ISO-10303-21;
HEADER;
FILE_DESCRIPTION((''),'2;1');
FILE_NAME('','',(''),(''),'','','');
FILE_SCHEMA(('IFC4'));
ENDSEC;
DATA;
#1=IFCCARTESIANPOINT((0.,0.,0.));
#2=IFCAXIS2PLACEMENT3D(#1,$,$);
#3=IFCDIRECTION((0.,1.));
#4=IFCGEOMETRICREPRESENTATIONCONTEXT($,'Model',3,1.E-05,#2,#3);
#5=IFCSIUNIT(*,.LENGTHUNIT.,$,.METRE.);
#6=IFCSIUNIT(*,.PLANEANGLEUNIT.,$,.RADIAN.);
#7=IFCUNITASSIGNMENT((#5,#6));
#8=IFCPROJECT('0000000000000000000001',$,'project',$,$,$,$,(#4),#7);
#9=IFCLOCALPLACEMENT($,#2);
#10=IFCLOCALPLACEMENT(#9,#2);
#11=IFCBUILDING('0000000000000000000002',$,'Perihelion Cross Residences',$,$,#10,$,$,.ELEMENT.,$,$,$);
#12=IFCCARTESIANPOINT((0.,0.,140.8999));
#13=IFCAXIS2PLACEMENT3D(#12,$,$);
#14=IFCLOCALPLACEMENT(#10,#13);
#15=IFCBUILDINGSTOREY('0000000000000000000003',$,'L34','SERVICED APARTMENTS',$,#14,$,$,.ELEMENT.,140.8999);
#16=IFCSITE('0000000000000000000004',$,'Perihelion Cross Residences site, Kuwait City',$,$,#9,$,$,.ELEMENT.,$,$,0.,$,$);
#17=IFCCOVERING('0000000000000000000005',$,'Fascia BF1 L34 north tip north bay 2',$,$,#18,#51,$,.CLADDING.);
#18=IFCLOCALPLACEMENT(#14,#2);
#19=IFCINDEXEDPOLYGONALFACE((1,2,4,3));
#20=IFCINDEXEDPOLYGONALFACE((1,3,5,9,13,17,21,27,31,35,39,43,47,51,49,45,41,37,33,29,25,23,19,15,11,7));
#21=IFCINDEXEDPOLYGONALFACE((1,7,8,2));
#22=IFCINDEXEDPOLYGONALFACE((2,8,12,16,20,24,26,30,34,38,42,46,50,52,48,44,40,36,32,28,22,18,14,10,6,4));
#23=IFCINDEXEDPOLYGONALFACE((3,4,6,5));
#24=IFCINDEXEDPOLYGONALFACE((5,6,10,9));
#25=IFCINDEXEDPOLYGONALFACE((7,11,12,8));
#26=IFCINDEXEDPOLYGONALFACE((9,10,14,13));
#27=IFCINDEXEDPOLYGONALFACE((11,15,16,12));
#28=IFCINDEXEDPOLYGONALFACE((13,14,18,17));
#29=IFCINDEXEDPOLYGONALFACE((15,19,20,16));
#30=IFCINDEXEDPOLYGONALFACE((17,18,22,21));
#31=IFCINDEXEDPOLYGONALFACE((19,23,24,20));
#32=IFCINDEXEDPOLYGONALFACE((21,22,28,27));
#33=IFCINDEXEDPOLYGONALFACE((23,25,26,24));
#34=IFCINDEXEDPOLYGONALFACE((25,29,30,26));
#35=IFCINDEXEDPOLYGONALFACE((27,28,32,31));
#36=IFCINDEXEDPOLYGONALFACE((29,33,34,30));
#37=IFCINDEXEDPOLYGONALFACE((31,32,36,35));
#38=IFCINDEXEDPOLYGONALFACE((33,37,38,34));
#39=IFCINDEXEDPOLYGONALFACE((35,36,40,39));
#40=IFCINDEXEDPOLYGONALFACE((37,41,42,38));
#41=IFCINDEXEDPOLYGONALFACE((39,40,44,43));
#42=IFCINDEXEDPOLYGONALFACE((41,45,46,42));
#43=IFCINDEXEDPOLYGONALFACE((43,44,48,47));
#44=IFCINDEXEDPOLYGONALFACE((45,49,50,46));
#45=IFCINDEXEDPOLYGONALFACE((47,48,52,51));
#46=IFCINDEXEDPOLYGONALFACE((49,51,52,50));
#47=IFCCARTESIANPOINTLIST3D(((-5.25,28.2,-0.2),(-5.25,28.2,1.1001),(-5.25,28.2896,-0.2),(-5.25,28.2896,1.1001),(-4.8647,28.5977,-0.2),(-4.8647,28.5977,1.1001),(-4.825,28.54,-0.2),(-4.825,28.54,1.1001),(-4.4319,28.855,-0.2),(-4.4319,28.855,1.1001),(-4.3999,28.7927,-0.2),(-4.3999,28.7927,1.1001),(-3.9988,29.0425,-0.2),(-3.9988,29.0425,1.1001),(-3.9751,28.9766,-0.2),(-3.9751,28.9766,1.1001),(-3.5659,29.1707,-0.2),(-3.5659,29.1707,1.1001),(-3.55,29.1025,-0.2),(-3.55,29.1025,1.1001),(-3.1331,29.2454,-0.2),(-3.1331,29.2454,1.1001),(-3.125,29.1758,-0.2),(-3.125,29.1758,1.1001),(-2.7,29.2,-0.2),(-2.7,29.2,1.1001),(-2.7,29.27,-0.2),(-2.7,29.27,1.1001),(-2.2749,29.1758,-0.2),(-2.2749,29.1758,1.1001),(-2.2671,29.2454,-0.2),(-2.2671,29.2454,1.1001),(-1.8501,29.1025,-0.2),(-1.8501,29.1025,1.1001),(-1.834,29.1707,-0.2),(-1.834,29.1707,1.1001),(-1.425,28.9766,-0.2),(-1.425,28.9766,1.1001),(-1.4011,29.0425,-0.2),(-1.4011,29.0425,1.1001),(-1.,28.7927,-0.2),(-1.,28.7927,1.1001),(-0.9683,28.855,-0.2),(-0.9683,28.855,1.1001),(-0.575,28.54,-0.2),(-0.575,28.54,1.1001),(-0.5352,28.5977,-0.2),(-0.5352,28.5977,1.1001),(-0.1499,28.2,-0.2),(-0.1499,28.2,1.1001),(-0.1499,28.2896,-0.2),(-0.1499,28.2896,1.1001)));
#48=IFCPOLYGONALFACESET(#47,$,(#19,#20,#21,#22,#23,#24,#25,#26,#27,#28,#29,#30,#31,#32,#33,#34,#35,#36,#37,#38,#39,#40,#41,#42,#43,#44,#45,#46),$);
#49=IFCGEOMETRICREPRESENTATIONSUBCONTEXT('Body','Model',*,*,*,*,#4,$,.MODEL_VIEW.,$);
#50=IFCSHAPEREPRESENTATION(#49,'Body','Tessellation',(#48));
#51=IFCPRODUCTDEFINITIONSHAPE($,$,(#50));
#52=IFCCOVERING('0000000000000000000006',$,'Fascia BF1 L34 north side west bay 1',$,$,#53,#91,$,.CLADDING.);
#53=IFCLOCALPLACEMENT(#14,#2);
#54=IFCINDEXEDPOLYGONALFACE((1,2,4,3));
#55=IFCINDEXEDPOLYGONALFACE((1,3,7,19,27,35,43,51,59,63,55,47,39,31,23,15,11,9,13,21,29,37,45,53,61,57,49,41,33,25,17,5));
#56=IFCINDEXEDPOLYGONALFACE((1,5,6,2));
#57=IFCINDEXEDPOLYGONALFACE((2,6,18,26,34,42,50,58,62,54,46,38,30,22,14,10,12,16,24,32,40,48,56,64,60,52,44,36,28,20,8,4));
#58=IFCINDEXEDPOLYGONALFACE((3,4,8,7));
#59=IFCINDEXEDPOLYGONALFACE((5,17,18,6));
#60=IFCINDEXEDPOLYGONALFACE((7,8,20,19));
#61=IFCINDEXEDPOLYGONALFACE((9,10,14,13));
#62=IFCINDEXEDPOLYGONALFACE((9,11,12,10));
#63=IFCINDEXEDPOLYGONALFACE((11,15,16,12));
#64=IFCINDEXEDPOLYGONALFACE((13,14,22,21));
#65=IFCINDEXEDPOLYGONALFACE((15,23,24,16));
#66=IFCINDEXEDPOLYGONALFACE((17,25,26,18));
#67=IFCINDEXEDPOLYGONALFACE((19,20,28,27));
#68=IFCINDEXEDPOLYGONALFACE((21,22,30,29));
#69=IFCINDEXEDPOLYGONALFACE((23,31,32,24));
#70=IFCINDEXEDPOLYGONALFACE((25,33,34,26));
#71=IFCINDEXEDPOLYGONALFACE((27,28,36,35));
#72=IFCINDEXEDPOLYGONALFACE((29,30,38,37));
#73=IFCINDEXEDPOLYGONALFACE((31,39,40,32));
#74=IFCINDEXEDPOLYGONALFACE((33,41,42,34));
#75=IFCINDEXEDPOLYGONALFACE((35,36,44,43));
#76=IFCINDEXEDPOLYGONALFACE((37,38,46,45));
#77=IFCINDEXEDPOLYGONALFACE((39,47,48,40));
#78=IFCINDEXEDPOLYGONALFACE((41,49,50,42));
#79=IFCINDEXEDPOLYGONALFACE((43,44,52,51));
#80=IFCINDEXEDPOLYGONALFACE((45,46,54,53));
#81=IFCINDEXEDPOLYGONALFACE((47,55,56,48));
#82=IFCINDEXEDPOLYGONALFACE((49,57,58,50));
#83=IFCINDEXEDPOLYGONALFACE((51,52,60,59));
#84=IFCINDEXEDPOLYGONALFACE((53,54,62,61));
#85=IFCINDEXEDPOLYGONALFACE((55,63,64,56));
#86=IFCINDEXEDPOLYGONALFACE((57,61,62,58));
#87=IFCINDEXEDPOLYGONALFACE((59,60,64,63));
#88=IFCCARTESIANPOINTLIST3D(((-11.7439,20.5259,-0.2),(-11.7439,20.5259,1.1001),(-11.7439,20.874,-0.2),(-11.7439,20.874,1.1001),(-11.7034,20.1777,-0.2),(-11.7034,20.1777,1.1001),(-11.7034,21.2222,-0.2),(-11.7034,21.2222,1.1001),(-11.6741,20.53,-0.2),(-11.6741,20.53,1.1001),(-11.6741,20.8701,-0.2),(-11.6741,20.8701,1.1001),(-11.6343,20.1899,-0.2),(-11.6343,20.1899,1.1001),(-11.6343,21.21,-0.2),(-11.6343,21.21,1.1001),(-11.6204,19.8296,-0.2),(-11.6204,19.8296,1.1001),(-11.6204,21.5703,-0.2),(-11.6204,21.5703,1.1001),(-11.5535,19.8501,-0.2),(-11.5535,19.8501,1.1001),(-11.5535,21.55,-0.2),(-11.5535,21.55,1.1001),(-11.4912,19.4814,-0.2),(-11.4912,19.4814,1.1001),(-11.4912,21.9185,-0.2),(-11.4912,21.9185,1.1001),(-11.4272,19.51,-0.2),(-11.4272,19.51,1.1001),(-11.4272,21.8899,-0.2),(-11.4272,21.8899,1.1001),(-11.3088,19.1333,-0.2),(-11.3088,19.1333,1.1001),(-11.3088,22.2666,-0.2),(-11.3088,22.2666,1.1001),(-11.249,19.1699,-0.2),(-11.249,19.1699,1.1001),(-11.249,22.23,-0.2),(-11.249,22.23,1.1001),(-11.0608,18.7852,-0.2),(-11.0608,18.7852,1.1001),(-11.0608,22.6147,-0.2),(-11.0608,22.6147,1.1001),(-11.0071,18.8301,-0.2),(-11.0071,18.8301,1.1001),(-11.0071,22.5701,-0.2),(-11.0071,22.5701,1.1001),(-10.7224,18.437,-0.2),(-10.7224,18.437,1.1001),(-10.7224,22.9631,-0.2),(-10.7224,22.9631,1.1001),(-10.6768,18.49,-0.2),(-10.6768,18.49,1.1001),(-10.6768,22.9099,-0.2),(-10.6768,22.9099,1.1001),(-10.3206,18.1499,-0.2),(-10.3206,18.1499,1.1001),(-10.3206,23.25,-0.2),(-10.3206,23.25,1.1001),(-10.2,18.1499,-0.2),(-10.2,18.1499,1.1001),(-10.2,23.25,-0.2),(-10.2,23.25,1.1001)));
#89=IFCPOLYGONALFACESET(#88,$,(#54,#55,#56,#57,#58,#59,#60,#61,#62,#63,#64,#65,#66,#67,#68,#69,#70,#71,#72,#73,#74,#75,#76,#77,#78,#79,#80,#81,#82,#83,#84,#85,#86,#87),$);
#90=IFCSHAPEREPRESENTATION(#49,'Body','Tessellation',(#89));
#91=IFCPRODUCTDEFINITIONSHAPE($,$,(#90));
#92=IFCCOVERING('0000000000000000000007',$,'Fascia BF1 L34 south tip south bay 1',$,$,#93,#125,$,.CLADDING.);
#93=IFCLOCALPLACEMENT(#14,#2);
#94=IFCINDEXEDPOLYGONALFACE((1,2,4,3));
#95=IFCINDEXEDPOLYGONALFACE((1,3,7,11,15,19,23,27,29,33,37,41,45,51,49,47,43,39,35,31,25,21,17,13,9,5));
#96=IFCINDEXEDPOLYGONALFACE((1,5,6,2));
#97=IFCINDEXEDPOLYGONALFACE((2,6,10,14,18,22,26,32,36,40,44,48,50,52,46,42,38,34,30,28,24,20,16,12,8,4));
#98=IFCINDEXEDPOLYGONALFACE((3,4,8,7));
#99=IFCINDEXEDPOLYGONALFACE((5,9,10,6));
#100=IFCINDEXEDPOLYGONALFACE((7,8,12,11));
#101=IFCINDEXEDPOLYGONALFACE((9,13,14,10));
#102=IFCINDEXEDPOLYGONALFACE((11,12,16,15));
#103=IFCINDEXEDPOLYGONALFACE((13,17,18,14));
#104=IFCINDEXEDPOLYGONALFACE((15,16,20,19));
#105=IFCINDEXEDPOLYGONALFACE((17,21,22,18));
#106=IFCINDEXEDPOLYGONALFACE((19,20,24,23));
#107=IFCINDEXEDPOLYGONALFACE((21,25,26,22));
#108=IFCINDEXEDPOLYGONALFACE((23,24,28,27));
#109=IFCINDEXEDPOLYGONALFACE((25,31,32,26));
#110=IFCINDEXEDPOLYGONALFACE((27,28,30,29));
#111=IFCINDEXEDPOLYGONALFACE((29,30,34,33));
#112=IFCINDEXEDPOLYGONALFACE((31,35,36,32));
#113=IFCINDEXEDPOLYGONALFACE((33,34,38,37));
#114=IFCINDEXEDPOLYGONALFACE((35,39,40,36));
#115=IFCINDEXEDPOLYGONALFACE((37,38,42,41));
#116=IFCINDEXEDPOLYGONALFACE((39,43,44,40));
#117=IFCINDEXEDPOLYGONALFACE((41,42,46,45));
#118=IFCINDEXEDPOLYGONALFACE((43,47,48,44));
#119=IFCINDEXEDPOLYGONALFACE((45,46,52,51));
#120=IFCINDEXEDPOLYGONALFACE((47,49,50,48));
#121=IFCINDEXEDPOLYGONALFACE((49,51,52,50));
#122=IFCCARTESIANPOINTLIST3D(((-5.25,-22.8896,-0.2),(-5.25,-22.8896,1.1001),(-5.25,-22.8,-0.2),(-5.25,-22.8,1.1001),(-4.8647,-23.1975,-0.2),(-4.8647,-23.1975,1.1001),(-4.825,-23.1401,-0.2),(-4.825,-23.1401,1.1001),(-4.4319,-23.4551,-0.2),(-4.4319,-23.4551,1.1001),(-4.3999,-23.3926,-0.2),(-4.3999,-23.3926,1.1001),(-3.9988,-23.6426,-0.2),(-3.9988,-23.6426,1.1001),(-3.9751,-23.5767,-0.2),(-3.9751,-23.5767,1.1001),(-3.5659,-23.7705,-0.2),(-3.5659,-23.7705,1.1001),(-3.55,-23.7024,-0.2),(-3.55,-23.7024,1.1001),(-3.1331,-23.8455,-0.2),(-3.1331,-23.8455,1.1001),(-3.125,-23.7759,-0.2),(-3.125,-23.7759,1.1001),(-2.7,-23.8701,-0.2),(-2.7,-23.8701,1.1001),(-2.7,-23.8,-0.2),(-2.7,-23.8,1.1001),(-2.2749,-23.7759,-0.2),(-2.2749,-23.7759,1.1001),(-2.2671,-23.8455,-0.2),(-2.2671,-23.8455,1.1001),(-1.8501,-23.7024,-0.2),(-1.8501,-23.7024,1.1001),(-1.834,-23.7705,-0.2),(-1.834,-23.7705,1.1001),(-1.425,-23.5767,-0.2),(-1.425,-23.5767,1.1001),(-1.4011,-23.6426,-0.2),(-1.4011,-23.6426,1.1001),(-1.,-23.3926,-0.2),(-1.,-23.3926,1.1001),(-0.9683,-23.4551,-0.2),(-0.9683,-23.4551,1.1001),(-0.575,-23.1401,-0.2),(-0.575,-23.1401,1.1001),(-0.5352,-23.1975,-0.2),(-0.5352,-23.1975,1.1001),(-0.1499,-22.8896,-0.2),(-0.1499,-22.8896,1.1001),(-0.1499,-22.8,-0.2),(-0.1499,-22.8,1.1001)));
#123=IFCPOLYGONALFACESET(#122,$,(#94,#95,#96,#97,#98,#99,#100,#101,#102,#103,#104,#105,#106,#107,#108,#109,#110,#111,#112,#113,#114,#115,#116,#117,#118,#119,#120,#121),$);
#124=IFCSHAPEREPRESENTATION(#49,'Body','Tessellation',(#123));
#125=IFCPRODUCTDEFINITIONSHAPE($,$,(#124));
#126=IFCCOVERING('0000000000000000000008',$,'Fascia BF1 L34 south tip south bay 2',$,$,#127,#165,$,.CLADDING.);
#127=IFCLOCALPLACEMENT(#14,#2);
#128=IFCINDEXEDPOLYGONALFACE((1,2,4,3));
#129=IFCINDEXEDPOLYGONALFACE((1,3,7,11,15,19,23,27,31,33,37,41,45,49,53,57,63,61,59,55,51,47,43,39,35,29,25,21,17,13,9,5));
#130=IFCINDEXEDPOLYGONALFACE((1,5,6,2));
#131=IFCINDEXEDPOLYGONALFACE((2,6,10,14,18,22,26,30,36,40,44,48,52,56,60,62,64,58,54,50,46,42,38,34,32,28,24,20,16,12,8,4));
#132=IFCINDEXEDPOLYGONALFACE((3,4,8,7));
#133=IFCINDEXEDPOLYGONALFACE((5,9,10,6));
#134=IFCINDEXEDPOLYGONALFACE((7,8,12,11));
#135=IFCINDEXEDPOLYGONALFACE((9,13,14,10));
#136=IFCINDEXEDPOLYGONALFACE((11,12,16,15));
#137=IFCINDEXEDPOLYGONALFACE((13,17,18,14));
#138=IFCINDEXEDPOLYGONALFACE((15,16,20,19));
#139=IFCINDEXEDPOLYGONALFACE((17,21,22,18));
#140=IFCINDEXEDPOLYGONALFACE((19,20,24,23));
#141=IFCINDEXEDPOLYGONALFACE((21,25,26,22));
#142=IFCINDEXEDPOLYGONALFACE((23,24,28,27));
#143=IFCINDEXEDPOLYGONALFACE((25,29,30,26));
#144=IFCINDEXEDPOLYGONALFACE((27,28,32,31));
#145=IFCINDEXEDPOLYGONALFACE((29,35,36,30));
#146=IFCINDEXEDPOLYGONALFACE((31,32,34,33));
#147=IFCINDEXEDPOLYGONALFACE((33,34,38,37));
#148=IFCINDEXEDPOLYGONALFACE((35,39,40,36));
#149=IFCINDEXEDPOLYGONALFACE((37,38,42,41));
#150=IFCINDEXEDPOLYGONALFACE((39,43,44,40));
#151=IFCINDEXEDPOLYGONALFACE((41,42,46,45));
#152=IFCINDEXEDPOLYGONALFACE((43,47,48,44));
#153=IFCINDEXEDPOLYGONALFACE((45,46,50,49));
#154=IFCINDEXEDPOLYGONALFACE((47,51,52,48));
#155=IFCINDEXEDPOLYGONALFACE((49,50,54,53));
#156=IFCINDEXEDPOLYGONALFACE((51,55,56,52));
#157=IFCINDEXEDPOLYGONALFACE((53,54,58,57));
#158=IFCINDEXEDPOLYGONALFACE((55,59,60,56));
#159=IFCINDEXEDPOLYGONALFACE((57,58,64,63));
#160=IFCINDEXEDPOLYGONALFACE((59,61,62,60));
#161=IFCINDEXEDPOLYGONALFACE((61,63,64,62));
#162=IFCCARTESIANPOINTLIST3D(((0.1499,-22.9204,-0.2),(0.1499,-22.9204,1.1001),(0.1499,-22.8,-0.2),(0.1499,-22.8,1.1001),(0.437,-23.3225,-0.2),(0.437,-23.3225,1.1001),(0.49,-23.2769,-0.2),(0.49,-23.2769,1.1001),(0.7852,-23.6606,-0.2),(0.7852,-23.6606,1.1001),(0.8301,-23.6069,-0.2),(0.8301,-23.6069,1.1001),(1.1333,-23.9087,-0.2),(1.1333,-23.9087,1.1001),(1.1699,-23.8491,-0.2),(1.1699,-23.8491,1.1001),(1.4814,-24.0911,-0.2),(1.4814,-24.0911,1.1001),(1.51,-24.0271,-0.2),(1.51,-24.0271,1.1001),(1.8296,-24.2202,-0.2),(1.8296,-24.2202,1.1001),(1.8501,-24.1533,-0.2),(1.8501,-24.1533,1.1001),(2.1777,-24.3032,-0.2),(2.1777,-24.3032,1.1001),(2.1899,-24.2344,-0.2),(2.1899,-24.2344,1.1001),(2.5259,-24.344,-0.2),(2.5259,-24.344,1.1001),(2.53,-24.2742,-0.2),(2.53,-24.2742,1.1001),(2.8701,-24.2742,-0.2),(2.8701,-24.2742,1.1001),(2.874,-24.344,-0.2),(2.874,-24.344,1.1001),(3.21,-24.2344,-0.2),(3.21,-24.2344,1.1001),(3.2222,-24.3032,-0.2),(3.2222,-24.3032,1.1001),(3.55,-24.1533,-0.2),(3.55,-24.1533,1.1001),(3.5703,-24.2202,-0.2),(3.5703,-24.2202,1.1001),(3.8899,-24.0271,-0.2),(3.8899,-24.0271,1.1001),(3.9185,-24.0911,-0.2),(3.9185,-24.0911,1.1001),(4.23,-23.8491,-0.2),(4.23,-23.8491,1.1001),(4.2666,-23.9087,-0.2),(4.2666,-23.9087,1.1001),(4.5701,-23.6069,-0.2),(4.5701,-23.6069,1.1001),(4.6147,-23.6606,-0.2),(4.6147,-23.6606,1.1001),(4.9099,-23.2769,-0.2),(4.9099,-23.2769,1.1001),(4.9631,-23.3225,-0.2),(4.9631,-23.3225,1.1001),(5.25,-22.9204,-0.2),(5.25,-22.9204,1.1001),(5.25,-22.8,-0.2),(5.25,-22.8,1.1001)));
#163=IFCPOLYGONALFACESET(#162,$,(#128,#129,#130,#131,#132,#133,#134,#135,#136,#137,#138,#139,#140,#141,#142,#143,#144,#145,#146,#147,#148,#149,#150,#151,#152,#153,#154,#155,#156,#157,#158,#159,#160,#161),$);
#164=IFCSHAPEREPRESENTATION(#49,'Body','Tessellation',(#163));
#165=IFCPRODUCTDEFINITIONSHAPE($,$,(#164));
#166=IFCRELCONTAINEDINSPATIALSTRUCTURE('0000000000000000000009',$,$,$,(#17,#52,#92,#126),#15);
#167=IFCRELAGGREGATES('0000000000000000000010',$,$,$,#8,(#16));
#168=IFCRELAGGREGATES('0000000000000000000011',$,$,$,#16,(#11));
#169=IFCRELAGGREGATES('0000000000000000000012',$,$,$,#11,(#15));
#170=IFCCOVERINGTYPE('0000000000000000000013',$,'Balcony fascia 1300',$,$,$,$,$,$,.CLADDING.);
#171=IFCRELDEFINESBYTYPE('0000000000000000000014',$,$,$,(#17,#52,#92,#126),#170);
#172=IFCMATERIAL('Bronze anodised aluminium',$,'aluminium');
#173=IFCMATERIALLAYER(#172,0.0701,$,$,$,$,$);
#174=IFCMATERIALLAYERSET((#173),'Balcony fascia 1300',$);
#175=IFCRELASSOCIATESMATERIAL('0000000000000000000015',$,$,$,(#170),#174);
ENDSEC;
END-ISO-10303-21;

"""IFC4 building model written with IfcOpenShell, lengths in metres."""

from ifc_helpers import new_model, si_unit, direction, frame, origin, place, context, subcontext, project, spatial, polyline, outline, extrude, material, layer, layer_set, type_object, element, save


model = new_model("IFC4")

# Units and contexts
model_context = context("Model", 3, precision=1e-05, world=origin(), true_north=direction((0.0, 1.0)))
body_context = subcontext(model_context, "Body", "Model", "MODEL_VIEW")
ifc_project = project(units=[si_unit("LENGTHUNIT", "METRE"), si_unit("PLANEANGLEUNIT", "RADIAN")], contexts=[model_context])

# Site, building, storey
site_placement = place(None, origin())
site = spatial("IfcSite", under=ifc_project, at=site_placement, Name="Perihelion Cross Residences site, Kuwait City", CompositionType="ELEMENT", RefElevation=0.0)
building_placement = place(site_placement, origin())
building = spatial("IfcBuilding", under=site, at=building_placement, Name="Perihelion Cross Residences", CompositionType="ELEMENT")
storey_placement = place(building_placement, frame((0.0, 0.0, 140.8999)))
storey = spatial("IfcBuildingStorey", under=building, at=storey_placement, Name="L34", Description="SERVICED APARTMENTS", CompositionType="ELEMENT", Elevation=140.8999)

# Coverings
ifc_material_1 = material(Name="Bronze anodised aluminium", Category="aluminium")
ifc_layer_1 = layer(ifc_material_1, 0.0701)
ifc_layer_set_1 = layer_set([ifc_layer_1], Name="Balcony fascia 1300")
covering_type = type_object("IfcCoveringType", Name="Balcony fascia 1300", PredefinedType="CLADDING", material=ifc_layer_set_1)
covering_1_placement = place(storey_placement, frame((0.0, 0.0, -0.2)))
element("IfcCovering", 1, at=covering_1_placement, inside=storey, type_object=covering_type, Name="Fascia BF1 L34 north tip north bay 2", PredefinedType="CLADDING", context=body_context, shape_type="SweptSolid", body=[
    extrude(outline(polyline([(-0.5352, 28.5977), (-0.9683, 28.855), (-1.4011, 29.0425), (-1.834, 29.1707), (-2.2671, 29.2454), (-2.7, 29.27), (-3.1331, 29.2454), (-3.5659, 29.1707), (-3.9988, 29.0425), (-4.4319, 28.855), (-4.8647, 28.5977), (-5.25, 28.2896), (-5.25, 28.2), (-4.825, 28.54), (-4.3999, 28.7927), (-3.9751, 28.9766), (-3.55, 29.1025), (-3.125, 29.1758), (-2.7, 29.2), (-2.2749, 29.1758), (-1.8501, 29.1025), (-1.425, 28.9766), (-1.0, 28.7927), (-0.575, 28.54), (-0.1499, 28.2), (-0.1499, 28.2896), (-0.5352, 28.5977)])), origin(), (0.0, 0.0, 1.0), 1.3),
])
covering_2_placement = place(storey_placement, frame((0.0, 0.0, -0.2)))
element("IfcCovering", 2, at=covering_2_placement, inside=storey, type_object=covering_type, Name="Fascia BF1 L34 north side west bay 1", PredefinedType="CLADDING", context=body_context, shape_type="SweptSolid", body=[
    extrude(outline(polyline([(-10.7224, 22.9631), (-11.0608, 22.6147), (-11.3088, 22.2666), (-11.4912, 21.9185), (-11.6204, 21.5703), (-11.7034, 21.2222), (-11.7439, 20.874), (-11.7439, 20.5259), (-11.7034, 20.1777), (-11.6204, 19.8296), (-11.4912, 19.4814), (-11.3088, 19.1333), (-11.0608, 18.7852), (-10.7224, 18.437), (-10.3206, 18.1499), (-10.2, 18.1499), (-10.6768, 18.49), (-11.0071, 18.8301), (-11.249, 19.1699), (-11.4272, 19.51), (-11.5535, 19.8501), (-11.6343, 20.1899), (-11.6741, 20.53), (-11.6741, 20.8701), (-11.6343, 21.21), (-11.5535, 21.55), (-11.4272, 21.8899), (-11.249, 22.23), (-11.0071, 22.5701), (-10.6768, 22.9099), (-10.2, 23.25), (-10.3206, 23.25), (-10.7224, 22.9631)])), origin(), (0.0, 0.0, 1.0), 1.3),
])
covering_3_placement = place(storey_placement, frame((0.0, 0.0, -0.2)))
element("IfcCovering", 3, at=covering_3_placement, inside=storey, type_object=covering_type, Name="Fascia BF1 L34 south tip south bay 1", PredefinedType="CLADDING", context=body_context, shape_type="SweptSolid", body=[
    extrude(outline(polyline([(-4.8647, -23.1975), (-4.4319, -23.4551), (-3.9988, -23.6426), (-3.5659, -23.7705), (-3.1331, -23.8455), (-2.7, -23.8701), (-2.2671, -23.8455), (-1.834, -23.7705), (-1.4011, -23.6426), (-0.9683, -23.4551), (-0.5352, -23.1975), (-0.1499, -22.8896), (-0.1499, -22.8), (-0.575, -23.1401), (-1.0, -23.3926), (-1.425, -23.5767), (-1.8501, -23.7024), (-2.2749, -23.7759), (-2.7, -23.8), (-3.125, -23.7759), (-3.55, -23.7024), (-3.9751, -23.5767), (-4.3999, -23.3926), (-4.825, -23.1401), (-5.25, -22.8), (-5.25, -22.8896), (-4.8647, -23.1975)])), origin(), (0.0, 0.0, 1.0), 1.3),
])
covering_4_placement = place(storey_placement, frame((0.0, 0.0, -0.2)))
element("IfcCovering", 4, at=covering_4_placement, inside=storey, type_object=covering_type, Name="Fascia BF1 L34 south tip south bay 2", PredefinedType="CLADDING", context=body_context, shape_type="SweptSolid", body=[
    extrude(outline(polyline([(0.437, -23.3225), (0.7852, -23.6606), (1.1333, -23.9087), (1.4814, -24.0911), (1.8296, -24.2202), (2.1777, -24.3032), (2.5259, -24.344), (2.874, -24.344), (3.2222, -24.3032), (3.5703, -24.2202), (3.9185, -24.0911), (4.2666, -23.9087), (4.6147, -23.6606), (4.9631, -23.3225), (5.25, -22.9204), (5.25, -22.8), (4.9099, -23.2769), (4.5701, -23.6069), (4.23, -23.8491), (3.8899, -24.0271), (3.55, -24.1533), (3.21, -24.2344), (2.8701, -24.2742), (2.53, -24.2742), (2.1899, -24.2344), (1.8501, -24.1533), (1.51, -24.0271), (1.1699, -23.8491), (0.8301, -23.6069), (0.49, -23.2769), (0.1499, -22.8), (0.1499, -22.9204), (0.437, -23.3225)])), origin(), (0.0, 0.0, 1.0), 1.3),
])

save(model, "model.ifc")
